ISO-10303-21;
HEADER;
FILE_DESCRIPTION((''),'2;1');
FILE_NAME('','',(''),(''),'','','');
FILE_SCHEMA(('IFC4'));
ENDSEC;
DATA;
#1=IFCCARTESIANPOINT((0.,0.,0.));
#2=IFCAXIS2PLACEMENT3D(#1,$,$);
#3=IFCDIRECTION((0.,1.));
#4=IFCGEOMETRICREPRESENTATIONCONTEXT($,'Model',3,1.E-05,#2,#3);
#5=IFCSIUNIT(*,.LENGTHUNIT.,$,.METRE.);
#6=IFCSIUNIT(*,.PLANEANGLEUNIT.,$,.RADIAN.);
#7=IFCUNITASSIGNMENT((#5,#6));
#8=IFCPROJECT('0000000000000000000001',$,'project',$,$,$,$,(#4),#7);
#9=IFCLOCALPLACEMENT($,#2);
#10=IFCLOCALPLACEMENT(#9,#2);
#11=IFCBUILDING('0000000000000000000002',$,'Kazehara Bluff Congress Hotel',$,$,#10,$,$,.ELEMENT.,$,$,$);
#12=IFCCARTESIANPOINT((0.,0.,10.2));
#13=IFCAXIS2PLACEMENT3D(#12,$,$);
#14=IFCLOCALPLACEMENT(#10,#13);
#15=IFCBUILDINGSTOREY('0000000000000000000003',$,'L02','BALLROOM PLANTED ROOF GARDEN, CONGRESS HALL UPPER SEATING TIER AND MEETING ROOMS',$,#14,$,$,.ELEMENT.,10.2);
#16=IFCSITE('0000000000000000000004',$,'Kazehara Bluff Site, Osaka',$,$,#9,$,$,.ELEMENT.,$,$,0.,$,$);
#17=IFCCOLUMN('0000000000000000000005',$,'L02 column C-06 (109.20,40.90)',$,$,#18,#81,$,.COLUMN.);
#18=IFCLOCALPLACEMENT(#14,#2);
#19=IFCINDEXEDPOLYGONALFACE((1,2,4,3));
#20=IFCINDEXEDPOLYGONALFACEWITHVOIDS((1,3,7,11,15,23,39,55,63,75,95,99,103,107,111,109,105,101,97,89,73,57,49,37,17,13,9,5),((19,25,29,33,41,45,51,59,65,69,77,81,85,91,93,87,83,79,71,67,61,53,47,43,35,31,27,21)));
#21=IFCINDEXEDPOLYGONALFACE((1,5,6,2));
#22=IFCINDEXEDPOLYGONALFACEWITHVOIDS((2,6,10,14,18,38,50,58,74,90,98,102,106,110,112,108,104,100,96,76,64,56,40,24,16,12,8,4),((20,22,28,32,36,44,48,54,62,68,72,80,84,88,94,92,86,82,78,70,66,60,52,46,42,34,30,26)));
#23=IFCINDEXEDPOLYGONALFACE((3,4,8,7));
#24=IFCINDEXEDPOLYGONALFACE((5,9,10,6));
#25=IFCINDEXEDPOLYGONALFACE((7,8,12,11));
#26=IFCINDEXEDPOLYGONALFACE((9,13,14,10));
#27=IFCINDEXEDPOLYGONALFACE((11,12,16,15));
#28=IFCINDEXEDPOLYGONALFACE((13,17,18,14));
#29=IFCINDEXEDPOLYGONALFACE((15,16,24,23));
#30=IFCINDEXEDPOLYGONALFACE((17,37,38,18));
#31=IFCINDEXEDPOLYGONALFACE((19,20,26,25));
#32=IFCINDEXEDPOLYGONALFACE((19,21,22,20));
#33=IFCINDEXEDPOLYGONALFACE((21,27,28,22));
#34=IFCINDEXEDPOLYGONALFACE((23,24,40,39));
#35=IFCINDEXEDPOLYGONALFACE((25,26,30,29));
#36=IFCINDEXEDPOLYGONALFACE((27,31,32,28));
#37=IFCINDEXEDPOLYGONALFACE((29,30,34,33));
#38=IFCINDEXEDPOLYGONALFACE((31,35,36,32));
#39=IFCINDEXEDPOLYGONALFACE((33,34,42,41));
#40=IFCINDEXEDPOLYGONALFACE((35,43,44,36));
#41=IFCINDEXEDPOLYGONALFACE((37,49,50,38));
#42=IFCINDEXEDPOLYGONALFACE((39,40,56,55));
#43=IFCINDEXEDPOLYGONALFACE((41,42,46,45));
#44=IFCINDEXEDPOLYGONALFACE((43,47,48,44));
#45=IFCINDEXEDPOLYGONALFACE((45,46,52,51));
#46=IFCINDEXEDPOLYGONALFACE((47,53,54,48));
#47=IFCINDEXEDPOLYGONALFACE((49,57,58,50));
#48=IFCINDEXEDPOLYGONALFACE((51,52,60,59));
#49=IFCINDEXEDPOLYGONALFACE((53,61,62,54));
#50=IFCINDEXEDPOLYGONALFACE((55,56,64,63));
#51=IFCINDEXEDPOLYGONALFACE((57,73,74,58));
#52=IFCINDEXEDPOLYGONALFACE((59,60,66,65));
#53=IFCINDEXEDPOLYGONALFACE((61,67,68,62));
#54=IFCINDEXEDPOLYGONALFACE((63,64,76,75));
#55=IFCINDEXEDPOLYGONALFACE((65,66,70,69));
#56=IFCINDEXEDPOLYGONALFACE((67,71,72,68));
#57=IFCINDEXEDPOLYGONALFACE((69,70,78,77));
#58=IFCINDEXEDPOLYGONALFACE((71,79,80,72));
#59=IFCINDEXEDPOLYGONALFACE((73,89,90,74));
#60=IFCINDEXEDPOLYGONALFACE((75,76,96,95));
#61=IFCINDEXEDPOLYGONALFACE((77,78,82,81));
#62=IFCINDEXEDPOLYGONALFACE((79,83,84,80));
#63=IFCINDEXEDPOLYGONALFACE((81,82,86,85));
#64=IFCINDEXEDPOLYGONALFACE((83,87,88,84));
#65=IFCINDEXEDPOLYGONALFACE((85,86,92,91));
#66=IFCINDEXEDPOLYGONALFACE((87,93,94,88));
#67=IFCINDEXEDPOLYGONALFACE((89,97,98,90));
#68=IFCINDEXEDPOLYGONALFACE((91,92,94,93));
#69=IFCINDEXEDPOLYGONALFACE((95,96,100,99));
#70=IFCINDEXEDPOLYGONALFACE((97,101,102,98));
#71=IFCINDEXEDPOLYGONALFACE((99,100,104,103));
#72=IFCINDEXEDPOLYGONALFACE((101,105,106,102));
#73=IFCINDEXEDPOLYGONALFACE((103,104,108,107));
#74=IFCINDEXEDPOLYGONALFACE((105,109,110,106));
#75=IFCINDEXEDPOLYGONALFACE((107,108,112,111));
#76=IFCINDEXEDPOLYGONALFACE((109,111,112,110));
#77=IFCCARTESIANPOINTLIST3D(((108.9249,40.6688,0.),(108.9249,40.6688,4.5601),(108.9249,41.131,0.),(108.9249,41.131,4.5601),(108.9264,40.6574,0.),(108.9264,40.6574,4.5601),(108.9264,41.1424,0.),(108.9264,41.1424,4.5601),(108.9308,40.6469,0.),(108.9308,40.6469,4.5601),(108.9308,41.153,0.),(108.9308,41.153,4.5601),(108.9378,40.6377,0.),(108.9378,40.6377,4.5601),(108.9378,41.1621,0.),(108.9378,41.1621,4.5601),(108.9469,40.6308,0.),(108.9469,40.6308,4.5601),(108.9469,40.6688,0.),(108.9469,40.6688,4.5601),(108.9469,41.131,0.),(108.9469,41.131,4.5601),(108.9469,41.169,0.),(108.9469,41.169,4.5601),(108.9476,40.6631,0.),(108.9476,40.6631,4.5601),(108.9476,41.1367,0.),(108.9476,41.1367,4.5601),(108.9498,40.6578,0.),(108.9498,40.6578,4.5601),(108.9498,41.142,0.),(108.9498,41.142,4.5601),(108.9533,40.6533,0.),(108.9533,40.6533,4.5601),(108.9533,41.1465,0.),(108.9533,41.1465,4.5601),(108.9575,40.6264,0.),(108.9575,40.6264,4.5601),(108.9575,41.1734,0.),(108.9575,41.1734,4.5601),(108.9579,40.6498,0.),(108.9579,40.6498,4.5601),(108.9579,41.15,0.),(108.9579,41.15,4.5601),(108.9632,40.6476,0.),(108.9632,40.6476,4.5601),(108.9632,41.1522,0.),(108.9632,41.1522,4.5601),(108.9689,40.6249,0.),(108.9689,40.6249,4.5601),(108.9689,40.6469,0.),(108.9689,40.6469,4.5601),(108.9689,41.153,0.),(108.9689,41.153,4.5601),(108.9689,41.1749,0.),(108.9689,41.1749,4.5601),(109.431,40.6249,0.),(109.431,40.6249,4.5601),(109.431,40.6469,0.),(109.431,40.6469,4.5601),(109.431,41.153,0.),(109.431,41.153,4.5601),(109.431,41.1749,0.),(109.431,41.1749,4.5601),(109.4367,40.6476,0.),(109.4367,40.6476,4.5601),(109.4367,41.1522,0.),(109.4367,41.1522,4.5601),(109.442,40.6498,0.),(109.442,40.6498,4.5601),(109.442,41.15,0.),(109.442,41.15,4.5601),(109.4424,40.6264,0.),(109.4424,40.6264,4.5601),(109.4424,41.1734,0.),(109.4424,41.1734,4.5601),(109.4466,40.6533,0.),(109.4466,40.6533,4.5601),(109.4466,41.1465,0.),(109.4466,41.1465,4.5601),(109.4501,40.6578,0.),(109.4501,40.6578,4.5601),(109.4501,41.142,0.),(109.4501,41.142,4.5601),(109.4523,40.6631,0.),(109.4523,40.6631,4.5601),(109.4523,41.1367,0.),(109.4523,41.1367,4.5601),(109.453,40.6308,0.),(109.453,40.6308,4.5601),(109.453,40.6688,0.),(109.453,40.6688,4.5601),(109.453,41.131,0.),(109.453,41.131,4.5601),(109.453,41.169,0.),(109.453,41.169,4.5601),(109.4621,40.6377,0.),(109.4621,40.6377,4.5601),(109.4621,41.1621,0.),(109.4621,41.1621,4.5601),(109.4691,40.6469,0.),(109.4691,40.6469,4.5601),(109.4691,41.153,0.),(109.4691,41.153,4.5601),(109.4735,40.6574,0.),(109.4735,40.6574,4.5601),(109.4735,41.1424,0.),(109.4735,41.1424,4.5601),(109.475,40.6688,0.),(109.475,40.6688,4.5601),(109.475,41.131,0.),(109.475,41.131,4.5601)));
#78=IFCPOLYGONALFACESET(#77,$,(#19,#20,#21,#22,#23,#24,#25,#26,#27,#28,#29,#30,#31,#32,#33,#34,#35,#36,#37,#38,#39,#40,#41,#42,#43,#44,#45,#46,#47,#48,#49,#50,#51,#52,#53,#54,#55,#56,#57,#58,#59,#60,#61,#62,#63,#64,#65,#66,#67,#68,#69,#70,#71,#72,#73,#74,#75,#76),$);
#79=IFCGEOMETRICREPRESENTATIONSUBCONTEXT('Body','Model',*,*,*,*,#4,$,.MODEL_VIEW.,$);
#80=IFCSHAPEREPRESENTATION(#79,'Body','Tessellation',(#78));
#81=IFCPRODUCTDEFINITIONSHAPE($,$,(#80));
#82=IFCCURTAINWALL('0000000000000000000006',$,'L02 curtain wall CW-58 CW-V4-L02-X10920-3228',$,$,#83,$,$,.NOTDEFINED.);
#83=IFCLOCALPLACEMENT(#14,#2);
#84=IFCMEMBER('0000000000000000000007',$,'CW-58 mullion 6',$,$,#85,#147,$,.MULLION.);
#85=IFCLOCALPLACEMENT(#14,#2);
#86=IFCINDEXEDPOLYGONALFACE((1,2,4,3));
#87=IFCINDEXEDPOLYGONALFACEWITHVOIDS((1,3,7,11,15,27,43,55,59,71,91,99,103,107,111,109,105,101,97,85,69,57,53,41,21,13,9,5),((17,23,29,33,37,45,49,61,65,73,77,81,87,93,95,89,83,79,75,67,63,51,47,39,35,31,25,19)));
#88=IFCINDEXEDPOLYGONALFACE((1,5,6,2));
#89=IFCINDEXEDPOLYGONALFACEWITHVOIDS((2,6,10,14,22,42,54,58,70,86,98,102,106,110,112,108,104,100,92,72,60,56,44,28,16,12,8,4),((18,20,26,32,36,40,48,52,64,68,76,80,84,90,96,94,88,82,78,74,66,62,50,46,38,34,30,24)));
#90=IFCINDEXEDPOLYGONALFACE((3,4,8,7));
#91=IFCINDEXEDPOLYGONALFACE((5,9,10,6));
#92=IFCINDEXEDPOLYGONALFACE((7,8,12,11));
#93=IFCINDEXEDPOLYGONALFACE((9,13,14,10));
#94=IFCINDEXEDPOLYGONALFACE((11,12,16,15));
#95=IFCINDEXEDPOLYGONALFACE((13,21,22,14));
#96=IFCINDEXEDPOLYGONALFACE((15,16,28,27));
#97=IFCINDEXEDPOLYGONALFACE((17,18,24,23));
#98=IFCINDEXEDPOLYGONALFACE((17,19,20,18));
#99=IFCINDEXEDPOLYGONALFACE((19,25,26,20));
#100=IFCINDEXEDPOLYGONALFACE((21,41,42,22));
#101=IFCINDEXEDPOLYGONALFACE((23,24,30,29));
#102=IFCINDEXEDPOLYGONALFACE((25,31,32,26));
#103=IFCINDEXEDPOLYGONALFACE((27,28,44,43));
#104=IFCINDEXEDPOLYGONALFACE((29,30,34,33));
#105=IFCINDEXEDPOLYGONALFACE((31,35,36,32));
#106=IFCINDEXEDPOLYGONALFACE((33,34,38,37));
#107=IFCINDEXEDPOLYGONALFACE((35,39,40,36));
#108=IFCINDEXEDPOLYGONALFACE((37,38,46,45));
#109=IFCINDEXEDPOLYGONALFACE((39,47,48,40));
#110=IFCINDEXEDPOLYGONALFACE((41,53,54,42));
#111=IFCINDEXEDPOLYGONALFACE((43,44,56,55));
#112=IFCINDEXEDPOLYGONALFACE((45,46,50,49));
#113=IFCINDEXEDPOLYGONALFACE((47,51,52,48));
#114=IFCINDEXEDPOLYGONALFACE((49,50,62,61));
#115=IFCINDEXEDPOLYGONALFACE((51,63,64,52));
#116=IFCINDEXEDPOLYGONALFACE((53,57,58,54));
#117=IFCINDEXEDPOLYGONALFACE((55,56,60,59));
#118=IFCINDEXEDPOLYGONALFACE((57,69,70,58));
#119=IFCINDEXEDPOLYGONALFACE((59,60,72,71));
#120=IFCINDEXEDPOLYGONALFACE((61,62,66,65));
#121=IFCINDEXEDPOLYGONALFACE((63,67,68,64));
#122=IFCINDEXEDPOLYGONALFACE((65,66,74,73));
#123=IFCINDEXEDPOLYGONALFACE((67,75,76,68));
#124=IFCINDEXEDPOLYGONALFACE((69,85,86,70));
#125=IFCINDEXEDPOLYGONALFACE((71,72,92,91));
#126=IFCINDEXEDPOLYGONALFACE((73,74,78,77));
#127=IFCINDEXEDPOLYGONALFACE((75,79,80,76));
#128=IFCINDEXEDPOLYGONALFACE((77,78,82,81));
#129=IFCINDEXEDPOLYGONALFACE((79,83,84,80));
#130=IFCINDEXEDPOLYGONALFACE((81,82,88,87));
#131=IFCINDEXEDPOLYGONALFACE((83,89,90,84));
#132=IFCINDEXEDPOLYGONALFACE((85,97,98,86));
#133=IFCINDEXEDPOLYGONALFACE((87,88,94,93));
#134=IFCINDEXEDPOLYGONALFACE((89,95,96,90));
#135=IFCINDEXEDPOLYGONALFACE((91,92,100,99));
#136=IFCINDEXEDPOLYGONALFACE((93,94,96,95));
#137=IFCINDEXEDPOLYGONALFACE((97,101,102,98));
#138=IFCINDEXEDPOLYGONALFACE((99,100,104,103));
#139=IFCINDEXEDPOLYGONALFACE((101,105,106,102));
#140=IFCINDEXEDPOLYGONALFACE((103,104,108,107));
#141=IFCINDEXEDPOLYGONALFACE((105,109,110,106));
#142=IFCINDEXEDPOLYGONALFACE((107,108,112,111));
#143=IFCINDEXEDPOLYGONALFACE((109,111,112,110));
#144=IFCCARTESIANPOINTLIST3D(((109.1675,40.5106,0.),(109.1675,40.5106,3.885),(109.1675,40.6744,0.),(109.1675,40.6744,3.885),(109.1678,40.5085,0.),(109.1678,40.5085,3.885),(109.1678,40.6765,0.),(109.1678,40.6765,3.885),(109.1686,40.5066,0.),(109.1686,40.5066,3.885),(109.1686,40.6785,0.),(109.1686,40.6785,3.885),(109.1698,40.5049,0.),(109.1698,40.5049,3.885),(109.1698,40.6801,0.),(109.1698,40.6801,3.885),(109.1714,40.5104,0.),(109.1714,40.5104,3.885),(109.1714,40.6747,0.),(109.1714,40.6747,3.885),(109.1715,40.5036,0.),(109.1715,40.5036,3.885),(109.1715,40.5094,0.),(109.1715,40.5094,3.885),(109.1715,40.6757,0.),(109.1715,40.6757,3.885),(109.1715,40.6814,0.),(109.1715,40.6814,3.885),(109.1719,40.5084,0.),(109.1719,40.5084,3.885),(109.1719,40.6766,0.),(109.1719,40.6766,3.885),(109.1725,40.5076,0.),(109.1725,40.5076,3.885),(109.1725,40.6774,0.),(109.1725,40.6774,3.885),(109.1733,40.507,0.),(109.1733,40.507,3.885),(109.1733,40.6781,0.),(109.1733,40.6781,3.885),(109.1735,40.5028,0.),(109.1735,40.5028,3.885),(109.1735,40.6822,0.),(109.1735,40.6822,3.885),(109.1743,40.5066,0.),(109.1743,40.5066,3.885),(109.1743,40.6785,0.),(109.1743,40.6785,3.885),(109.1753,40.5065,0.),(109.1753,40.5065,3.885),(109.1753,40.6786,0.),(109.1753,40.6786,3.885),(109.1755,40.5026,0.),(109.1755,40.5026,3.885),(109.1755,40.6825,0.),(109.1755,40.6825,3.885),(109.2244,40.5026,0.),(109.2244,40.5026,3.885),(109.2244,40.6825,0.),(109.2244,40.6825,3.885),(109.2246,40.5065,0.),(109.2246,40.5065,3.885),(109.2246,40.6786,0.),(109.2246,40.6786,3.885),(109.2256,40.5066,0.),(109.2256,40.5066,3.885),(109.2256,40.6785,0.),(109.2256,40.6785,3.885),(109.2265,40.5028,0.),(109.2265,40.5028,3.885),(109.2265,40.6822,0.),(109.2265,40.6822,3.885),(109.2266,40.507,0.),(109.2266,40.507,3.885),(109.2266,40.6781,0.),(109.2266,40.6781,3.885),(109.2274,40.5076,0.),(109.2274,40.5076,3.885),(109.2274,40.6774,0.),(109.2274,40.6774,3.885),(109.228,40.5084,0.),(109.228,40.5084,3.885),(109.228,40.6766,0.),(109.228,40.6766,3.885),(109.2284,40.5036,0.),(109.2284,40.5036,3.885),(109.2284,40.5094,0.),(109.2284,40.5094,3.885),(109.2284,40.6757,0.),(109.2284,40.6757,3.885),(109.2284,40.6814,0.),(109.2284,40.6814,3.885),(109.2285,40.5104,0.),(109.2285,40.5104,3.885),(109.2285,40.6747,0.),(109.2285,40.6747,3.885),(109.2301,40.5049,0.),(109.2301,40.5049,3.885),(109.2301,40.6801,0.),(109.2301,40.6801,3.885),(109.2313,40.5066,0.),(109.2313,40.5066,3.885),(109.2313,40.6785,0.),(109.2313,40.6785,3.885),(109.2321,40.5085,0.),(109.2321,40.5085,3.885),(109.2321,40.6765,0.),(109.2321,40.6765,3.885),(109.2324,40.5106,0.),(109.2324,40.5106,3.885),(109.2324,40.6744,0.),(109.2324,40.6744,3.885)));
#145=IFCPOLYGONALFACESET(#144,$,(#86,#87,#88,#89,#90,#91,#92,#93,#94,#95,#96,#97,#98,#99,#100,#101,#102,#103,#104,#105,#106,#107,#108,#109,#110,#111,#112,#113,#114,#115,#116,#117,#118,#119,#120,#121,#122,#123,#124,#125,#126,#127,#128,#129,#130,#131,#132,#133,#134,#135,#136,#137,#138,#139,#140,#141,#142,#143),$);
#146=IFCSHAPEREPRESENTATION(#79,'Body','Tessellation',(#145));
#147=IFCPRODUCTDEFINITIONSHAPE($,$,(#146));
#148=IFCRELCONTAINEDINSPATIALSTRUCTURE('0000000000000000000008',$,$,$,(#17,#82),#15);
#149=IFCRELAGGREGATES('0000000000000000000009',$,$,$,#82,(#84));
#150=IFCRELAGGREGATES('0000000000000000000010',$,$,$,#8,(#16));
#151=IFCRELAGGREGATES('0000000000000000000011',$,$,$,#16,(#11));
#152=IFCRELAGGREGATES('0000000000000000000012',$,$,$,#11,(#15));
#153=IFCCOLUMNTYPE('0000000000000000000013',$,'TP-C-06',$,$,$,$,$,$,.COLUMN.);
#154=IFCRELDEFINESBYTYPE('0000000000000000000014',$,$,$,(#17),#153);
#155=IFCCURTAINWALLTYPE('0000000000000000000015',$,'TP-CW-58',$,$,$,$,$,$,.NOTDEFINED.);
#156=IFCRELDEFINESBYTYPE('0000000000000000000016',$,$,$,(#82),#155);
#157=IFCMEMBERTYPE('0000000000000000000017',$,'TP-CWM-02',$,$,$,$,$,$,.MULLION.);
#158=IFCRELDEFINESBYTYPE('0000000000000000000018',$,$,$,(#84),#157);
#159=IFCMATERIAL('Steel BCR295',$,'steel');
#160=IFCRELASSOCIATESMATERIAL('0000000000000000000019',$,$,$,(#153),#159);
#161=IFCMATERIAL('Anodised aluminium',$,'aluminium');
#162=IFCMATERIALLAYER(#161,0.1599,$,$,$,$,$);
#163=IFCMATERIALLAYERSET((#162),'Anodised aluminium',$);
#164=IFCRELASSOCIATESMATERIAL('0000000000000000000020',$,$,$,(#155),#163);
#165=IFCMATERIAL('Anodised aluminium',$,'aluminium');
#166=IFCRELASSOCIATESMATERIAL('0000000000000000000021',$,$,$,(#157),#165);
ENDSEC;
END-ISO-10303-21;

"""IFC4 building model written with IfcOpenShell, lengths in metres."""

from ifc_helpers import new_model, si_unit, direction, frame, origin, origin_2d, place, context, subcontext, project, spatial, hollow_rectangle, extrude, material, layer, layer_set, material_profile, profile_set, type_object, element, aggregate, save


model = new_model("IFC4")

# Units and contexts
model_context = context("Model", 3, precision=1e-05, world=origin(), true_north=direction((0.0, 1.0)))
body_context = subcontext(model_context, "Body", "Model", "MODEL_VIEW")
ifc_project = project(units=[si_unit("LENGTHUNIT", "METRE"), si_unit("PLANEANGLEUNIT", "RADIAN")], contexts=[model_context])

# Site, building, storey
site_placement = place(None, origin())
site = spatial("IfcSite", under=ifc_project, at=site_placement, Name="Kazehara Bluff Site, Osaka", CompositionType="ELEMENT", RefElevation=0.0)
building_placement = place(site_placement, origin())
building = spatial("IfcBuilding", under=site, at=building_placement, Name="Kazehara Bluff Congress Hotel", CompositionType="ELEMENT")
storey_placement = place(building_placement, frame((0.0, 0.0, 10.2)))
storey = spatial("IfcBuildingStorey", under=building, at=storey_placement, Name="L02", Description="BALLROOM PLANTED ROOF GARDEN, CONGRESS HALL UPPER SEATING TIER AND MEETING ROOMS", CompositionType="ELEMENT", Elevation=10.2)

# Column
ifc_material_1 = material(Name="Steel BCR295", Category="steel")
ifc_material_profile_1 = material_profile(ifc_material_1, hollow_rectangle(XDim=0.55, YDim=0.55, WallThickness=0.022, InnerFilletRadius=0.022, OuterFilletRadius=0.0439, at=origin_2d()))
ifc_profile_set_1 = profile_set([ifc_material_profile_1], Name="Steel BCR295")
column_type = type_object("IfcColumnType", Name="TP-C-06", PredefinedType="COLUMN", material=ifc_profile_set_1)
column_placement = place(storey_placement, frame((109.2, 40.8999, 0.0), z_axis=(0.0, 0.0, 1.0), x_axis=(1.0, 0.0, 0.0)))
element("IfcColumn", 1, at=column_placement, inside=storey, type_object=column_type, Name="L02 column C-06 (109.20,40.90)", PredefinedType="COLUMN", context=body_context, shape_type="SweptSolid", body=[
    extrude(hollow_rectangle(XDim=0.55, YDim=0.55, WallThickness=0.022, InnerFilletRadius=0.022, OuterFilletRadius=0.0439, at=origin_2d()), origin(), (0.0, 0.0, 1.0), 4.5601),
])

# Curtain wall, member
ifc_material_2 = material(Name="Anodised aluminium", Category="aluminium")
ifc_layer_1 = layer(ifc_material_2, 0.1599)
ifc_layer_set_1 = layer_set([ifc_layer_1], Name="Anodised aluminium")
curtain_wall_type_1 = type_object("IfcCurtainWallType", Name="TP-CW-58", PredefinedType="NOTDEFINED", material=ifc_layer_set_1)
curtain_wall_1_placement = place(storey_placement, origin())
curtain_wall_1 = element("IfcCurtainWall", 2, at=curtain_wall_1_placement, inside=storey, type_object=curtain_wall_type_1, Name="L02 curtain wall CW-58 CW-V4-L02-X10920-3228", PredefinedType="NOTDEFINED")
ifc_material_3 = material(Name="Anodised aluminium", Category="aluminium")
ifc_material_profile_2 = material_profile(ifc_material_3, hollow_rectangle(XDim=0.0649, YDim=0.1799, WallThickness=0.0039, InnerFilletRadius=0.0039, OuterFilletRadius=0.0081, at=origin_2d()))
ifc_profile_set_2 = profile_set([ifc_material_profile_2], Name="Anodised aluminium")
member_type_1 = type_object("IfcMemberType", Name="TP-CWM-02", PredefinedType="MULLION", material=ifc_profile_set_2)
member_1_placement = place(storey_placement, frame((109.2, 40.5925, 0.0), z_axis=(0.0, 0.0, 1.0), x_axis=(-1.0, 0.0, 0.0)))
member_1 = element("IfcMember", 3, at=member_1_placement, type_object=member_type_1, Name="CW-58 mullion 6", PredefinedType="MULLION", context=body_context, shape_type="SweptSolid", body=[
    extrude(hollow_rectangle(XDim=0.0649, YDim=0.1799, WallThickness=0.0039, InnerFilletRadius=0.0039, OuterFilletRadius=0.0081, at=origin_2d()), origin(), (0.0, 0.0, 1.0), 3.885),
])

aggregate(curtain_wall_1, [member_1])

save(model, "model.ifc")
